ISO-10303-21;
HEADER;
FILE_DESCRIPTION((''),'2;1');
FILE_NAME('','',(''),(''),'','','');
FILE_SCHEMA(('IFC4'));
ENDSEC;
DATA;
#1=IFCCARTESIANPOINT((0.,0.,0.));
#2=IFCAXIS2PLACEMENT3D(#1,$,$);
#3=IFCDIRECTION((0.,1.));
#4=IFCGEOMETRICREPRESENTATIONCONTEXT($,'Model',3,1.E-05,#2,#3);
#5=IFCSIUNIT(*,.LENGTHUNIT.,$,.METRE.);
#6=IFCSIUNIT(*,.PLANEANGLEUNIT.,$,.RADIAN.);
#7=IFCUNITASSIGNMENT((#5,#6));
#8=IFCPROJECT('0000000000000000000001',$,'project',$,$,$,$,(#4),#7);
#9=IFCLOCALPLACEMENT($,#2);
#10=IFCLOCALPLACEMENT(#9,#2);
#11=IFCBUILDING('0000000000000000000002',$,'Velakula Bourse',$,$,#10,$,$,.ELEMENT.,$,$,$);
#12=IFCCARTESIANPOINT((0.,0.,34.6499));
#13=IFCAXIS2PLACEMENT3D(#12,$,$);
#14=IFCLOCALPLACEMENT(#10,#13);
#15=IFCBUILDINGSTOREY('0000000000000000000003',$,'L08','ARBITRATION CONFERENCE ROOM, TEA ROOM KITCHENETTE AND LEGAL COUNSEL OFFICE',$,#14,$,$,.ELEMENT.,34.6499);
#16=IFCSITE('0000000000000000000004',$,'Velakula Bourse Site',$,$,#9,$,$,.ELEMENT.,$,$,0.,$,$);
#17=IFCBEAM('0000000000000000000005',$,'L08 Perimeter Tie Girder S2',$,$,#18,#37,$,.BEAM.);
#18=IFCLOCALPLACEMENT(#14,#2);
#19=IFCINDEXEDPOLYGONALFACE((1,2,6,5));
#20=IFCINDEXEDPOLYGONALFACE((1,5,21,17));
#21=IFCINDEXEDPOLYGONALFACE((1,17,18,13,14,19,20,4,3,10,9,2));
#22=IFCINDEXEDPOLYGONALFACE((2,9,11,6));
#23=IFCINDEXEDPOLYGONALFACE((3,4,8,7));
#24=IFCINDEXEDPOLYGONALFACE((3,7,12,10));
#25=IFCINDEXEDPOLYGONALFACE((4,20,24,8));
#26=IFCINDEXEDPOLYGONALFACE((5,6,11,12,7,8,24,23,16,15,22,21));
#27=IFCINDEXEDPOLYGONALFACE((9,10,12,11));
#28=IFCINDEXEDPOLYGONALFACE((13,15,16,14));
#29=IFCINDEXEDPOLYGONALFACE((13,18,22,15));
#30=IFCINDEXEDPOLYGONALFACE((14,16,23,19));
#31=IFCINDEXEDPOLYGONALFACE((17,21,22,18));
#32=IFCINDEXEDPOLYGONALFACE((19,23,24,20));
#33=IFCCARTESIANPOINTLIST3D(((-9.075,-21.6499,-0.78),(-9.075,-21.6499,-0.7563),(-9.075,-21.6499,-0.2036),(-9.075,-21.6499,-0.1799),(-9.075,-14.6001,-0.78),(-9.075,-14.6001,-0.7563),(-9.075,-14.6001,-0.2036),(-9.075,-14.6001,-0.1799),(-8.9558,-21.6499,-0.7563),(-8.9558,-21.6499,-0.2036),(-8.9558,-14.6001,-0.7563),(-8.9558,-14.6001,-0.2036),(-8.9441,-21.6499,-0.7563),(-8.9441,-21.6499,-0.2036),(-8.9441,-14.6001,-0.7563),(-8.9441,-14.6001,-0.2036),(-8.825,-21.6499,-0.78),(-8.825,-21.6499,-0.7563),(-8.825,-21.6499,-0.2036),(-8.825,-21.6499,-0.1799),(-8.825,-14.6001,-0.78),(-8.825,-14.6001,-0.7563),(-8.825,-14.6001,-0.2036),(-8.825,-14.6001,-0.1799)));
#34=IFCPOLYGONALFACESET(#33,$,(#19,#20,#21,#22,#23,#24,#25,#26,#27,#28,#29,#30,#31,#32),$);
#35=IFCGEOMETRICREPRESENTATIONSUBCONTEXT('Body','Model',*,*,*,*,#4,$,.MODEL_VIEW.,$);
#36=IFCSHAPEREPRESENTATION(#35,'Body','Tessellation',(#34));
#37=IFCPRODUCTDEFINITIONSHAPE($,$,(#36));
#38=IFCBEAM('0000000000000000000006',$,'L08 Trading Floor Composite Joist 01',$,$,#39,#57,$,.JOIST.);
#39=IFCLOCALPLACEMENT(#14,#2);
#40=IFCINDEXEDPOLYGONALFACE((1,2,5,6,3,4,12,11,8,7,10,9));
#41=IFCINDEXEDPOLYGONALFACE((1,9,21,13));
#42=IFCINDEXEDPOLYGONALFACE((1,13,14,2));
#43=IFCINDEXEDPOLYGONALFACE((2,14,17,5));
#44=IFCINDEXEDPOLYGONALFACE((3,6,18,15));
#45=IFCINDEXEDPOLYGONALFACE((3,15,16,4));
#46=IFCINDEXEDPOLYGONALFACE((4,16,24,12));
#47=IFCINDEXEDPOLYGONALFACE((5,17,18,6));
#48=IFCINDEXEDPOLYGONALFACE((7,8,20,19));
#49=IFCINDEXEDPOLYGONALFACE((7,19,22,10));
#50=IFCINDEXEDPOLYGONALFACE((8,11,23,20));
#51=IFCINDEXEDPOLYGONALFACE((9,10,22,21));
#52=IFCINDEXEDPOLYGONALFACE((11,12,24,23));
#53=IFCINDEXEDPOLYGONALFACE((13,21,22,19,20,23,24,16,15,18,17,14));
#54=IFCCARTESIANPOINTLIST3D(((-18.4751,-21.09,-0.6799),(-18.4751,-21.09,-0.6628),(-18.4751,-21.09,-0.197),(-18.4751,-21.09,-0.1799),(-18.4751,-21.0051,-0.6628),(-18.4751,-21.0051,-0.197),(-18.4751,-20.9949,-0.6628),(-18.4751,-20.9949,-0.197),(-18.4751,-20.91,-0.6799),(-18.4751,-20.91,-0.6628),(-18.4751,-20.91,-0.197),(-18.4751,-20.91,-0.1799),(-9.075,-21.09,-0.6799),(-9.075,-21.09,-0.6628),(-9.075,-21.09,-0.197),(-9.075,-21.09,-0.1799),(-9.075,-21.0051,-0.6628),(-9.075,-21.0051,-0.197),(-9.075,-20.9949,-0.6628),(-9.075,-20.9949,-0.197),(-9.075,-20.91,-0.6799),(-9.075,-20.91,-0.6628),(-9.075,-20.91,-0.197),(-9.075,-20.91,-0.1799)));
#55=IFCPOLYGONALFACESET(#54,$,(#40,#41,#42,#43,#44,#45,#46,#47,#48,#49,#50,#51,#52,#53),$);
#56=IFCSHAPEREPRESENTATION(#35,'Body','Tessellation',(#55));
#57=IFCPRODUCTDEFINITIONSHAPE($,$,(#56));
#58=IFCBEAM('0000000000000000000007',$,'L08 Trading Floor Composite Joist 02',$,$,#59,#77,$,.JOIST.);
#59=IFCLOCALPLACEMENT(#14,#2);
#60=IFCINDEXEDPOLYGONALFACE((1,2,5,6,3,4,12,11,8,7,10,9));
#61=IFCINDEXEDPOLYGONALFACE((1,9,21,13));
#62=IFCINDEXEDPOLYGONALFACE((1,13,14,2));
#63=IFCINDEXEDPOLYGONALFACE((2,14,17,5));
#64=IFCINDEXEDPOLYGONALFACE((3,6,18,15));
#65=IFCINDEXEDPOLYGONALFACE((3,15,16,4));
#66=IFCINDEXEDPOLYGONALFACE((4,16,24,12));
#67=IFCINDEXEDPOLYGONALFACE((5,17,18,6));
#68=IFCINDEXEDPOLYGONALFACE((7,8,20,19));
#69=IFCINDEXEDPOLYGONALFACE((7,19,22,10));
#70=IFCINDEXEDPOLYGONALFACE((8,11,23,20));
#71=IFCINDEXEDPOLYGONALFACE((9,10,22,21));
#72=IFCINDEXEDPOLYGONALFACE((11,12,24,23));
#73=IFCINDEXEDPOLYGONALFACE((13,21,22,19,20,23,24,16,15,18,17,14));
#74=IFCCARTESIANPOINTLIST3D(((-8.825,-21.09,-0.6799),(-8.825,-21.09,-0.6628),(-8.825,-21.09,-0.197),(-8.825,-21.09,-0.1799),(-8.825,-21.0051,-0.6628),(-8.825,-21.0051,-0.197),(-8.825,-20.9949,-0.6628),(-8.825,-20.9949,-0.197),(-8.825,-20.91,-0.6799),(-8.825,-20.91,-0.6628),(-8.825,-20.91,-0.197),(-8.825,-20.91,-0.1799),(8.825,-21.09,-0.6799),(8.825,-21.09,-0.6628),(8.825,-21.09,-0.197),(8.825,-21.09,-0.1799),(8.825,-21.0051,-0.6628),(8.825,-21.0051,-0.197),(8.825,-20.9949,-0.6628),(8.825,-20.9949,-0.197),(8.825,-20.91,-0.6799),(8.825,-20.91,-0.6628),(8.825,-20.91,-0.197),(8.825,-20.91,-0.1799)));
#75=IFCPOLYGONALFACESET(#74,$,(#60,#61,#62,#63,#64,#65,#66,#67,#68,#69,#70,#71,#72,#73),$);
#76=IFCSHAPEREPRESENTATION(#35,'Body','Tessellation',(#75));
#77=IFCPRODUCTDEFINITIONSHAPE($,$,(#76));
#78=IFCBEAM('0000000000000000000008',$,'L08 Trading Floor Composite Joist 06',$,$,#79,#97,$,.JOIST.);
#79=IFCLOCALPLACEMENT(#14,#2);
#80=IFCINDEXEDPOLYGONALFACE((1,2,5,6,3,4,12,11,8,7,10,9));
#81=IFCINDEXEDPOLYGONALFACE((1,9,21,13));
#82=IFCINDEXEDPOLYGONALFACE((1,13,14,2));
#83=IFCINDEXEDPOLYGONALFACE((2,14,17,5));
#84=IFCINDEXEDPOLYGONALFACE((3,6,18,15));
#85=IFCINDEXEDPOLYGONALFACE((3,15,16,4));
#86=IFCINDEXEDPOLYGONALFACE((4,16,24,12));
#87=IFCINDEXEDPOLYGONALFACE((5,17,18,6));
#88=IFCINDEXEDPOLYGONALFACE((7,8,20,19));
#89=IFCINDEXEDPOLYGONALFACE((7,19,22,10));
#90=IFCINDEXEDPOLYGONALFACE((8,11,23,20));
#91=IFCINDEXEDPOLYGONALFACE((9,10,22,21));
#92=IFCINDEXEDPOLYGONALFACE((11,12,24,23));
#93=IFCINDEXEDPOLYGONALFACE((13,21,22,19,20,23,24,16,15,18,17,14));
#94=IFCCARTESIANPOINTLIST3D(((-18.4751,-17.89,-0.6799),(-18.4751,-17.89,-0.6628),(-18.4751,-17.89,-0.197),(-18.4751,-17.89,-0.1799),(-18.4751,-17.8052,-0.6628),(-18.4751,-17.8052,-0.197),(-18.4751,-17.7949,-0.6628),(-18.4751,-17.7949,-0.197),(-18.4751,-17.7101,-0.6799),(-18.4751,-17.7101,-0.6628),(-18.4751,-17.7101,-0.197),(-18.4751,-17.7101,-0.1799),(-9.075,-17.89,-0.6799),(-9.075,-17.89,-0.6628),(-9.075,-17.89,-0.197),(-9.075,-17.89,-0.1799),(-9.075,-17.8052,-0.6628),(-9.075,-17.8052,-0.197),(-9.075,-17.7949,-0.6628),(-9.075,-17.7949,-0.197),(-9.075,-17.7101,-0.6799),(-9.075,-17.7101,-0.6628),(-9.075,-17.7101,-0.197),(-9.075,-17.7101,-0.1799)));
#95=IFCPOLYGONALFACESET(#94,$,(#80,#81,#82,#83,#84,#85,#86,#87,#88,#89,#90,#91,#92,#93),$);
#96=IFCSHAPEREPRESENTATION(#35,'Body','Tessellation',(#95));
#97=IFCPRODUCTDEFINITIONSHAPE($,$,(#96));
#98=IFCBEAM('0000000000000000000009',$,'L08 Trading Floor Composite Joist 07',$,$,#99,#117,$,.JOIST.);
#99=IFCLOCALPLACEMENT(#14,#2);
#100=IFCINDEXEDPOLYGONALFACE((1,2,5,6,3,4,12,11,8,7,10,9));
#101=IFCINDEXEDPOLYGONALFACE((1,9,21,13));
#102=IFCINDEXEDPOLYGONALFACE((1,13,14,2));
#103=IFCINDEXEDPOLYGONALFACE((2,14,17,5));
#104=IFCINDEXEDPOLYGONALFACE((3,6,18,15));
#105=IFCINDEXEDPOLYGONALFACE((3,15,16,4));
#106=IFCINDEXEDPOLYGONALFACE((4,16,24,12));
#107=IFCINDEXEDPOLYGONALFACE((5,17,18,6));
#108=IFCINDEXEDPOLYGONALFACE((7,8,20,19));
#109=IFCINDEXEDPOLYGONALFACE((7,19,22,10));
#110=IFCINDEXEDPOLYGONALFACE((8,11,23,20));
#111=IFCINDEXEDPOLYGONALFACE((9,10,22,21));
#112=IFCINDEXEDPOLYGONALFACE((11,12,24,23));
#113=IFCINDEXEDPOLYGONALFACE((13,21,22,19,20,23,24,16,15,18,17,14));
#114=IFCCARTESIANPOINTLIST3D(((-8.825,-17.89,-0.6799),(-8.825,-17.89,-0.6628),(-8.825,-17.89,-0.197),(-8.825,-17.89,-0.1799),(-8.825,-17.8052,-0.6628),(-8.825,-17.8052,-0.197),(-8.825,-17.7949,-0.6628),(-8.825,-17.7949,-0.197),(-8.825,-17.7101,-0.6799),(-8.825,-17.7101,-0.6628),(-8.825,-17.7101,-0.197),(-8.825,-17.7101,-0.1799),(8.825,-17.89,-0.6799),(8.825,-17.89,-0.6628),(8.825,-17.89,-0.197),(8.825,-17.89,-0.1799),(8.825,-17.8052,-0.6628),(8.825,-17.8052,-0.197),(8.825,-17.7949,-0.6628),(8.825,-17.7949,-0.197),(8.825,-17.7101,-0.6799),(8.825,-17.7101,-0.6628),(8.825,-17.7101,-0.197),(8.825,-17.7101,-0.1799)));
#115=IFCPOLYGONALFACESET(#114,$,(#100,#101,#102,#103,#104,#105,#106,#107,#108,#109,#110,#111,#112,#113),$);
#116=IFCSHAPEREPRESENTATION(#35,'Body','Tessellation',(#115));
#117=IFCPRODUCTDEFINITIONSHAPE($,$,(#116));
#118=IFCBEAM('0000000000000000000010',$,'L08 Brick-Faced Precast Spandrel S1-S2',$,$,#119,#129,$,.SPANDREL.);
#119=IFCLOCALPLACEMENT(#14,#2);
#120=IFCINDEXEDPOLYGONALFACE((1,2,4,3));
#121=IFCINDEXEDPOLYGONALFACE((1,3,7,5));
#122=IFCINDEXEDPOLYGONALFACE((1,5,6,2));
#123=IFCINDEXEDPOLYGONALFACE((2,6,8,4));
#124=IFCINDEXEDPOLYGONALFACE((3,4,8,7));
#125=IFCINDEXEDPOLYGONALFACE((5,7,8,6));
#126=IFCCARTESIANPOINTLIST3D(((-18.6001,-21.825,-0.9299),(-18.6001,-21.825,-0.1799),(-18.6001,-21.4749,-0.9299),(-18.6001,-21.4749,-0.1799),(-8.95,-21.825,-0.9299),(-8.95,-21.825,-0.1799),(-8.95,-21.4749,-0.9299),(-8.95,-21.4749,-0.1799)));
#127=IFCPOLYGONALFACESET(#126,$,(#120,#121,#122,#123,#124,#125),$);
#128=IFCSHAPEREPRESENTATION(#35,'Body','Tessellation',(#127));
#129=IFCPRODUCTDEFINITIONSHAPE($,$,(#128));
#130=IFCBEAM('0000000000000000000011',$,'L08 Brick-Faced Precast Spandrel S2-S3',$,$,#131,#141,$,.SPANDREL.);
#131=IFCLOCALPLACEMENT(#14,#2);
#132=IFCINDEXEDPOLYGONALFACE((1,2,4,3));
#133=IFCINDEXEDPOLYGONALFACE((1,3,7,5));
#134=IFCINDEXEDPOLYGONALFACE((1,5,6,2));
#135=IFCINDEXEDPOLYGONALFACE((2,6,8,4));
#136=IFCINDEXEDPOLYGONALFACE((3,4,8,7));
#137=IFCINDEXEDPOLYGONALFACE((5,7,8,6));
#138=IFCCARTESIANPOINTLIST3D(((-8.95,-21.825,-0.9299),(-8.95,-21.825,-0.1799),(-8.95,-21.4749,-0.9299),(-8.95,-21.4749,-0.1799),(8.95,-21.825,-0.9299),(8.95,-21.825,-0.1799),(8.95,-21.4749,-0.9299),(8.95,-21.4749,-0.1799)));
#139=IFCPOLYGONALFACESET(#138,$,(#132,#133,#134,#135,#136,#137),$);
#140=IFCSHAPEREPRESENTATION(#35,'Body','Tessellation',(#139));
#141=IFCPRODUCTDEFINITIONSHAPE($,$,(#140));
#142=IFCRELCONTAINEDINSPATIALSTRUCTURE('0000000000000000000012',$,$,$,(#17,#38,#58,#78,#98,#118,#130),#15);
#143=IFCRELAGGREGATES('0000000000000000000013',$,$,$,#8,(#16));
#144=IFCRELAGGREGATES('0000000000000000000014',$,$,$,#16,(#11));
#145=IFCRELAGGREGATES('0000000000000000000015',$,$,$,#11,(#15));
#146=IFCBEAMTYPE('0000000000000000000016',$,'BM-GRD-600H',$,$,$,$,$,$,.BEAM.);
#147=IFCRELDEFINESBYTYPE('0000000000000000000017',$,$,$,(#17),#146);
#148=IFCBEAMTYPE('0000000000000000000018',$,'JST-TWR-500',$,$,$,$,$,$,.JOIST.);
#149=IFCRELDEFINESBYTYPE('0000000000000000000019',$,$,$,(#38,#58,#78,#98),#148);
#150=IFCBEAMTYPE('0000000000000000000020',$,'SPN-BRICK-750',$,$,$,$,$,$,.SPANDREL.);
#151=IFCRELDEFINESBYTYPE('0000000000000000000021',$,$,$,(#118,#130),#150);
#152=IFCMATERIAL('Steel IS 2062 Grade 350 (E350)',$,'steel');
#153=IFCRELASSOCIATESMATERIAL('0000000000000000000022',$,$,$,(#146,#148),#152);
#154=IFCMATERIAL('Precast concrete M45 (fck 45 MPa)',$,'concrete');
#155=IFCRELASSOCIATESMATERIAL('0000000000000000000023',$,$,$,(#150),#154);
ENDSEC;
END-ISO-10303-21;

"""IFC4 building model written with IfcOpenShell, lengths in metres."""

from ifc_helpers import new_model, si_unit, direction, frame, origin, origin_2d, place, context, subcontext, project, spatial, rectangle, i_section, extrude, material, material_profile, profile_set, type_object, element, save


model = new_model("IFC4")

# Units and contexts
model_context = context("Model", 3, precision=1e-05, world=origin(), true_north=direction((0.0, 1.0)))
body_context = subcontext(model_context, "Body", "Model", "MODEL_VIEW")
ifc_project = project(units=[si_unit("LENGTHUNIT", "METRE"), si_unit("PLANEANGLEUNIT", "RADIAN")], contexts=[model_context])

# Site, building, storey
site_placement = place(None, origin())
site = spatial("IfcSite", under=ifc_project, at=site_placement, Name="Velakula Bourse Site", CompositionType="ELEMENT", RefElevation=0.0)
building_placement = place(site_placement, origin())
building = spatial("IfcBuilding", under=site, at=building_placement, Name="Velakula Bourse", CompositionType="ELEMENT")
storey_placement = place(building_placement, frame((0.0, 0.0, 34.6499)))
storey = spatial("IfcBuildingStorey", under=building, at=storey_placement, Name="L08", Description="ARBITRATION CONFERENCE ROOM, TEA ROOM KITCHENETTE AND LEGAL COUNSEL OFFICE", CompositionType="ELEMENT", Elevation=34.6499)

# Beams
ifc_material_1 = material(Name="Steel IS 2062 Grade 350 (E350)", Category="steel")
ifc_material_profile_1 = material_profile(ifc_material_1, i_section(OverallWidth=0.25, OverallDepth=0.6001, WebThickness=0.0117, FlangeThickness=0.0237, at=origin_2d()), Name="Steel IS 2062 Grade 350 (E350)")
ifc_profile_set_1 = profile_set([ifc_material_profile_1], Name="Steel IS 2062 Grade 350 (E350)")
beam_type_1 = type_object("IfcBeamType", Name="BM-GRD-600H", PredefinedType="BEAM", material=ifc_profile_set_1)
for number, where, z_axis, x_axis, name in (
    (1, (-8.95, -14.6001, -0.48), (0.0, -1.0, 0.0), (1.0, 0.0, 0.0), "L08 Perimeter Tie Girder S2"),
):
    element("IfcBeam", number, at=place(storey_placement, frame(where, z_axis=z_axis, x_axis=x_axis)), inside=storey, type_object=beam_type_1, Name=name, PredefinedType="BEAM", context=body_context, shape_type="SweptSolid", body=[
        extrude(i_section(OverallWidth=0.25, OverallDepth=0.6001, WebThickness=0.0117, FlangeThickness=0.0237, at=origin_2d()), origin(), (0.0, 0.0, 1.0), 7.0498),
    ])
ifc_material_profile_2 = material_profile(ifc_material_1, i_section(OverallWidth=0.1799, OverallDepth=0.5, WebThickness=0.0103, FlangeThickness=0.0171, at=origin_2d()), Name="Steel IS 2062 Grade 350 (E350)")
ifc_profile_set_2 = profile_set([ifc_material_profile_2], Name="Steel IS 2062 Grade 350 (E350)")
beam_type_2 = type_object("IfcBeamType", Name="JST-TWR-500", PredefinedType="JOIST", material=ifc_profile_set_2)
beam_1_placement = place(storey_placement, frame((-18.4751, -21.0, -0.4299), z_axis=(1.0, 0.0, 0.0), x_axis=(0.0, 1.0, 0.0)))
element("IfcBeam", 2, at=beam_1_placement, inside=storey, type_object=beam_type_2, Name="L08 Trading Floor Composite Joist 01", PredefinedType="JOIST", context=body_context, shape_type="SweptSolid", body=[
    extrude(i_section(OverallWidth=0.1799, OverallDepth=0.5, WebThickness=0.0103, FlangeThickness=0.0171, at=origin_2d()), origin(), (0.0, 0.0, 1.0), 9.4001),
])
beam_2_placement = place(storey_placement, frame((-8.825, -21.0, -0.4299), z_axis=(1.0, 0.0, 0.0), x_axis=(0.0, 1.0, 0.0)))
element("IfcBeam", 3, at=beam_2_placement, inside=storey, type_object=beam_type_2, Name="L08 Trading Floor Composite Joist 02", PredefinedType="JOIST", context=body_context, shape_type="SweptSolid", body=[
    extrude(i_section(OverallWidth=0.1799, OverallDepth=0.5, WebThickness=0.0103, FlangeThickness=0.0171, at=origin_2d()), origin(), (0.0, 0.0, 1.0), 17.6499),
])
beam_3_placement = place(storey_placement, frame((-18.4751, -17.8, -0.4299), z_axis=(1.0, 0.0, 0.0), x_axis=(0.0, 1.0, 0.0)))
element("IfcBeam", 4, at=beam_3_placement, inside=storey, type_object=beam_type_2, Name="L08 Trading Floor Composite Joist 06", PredefinedType="JOIST", context=body_context, shape_type="SweptSolid", body=[
    extrude(i_section(OverallWidth=0.1799, OverallDepth=0.5, WebThickness=0.0103, FlangeThickness=0.0171, at=origin_2d()), origin(), (0.0, 0.0, 1.0), 9.4001),
])
beam_4_placement = place(storey_placement, frame((-8.825, -17.8, -0.4299), z_axis=(1.0, 0.0, 0.0), x_axis=(0.0, 1.0, 0.0)))
element("IfcBeam", 5, at=beam_4_placement, inside=storey, type_object=beam_type_2, Name="L08 Trading Floor Composite Joist 07", PredefinedType="JOIST", context=body_context, shape_type="SweptSolid", body=[
    extrude(i_section(OverallWidth=0.1799, OverallDepth=0.5, WebThickness=0.0103, FlangeThickness=0.0171, at=origin_2d()), origin(), (0.0, 0.0, 1.0), 17.6499),
])
ifc_material_2 = material(Name="Precast concrete M45 (fck 45 MPa)", Category="concrete")
ifc_material_profile_3 = material_profile(ifc_material_2, rectangle(XDim=0.3501, YDim=0.75, at=origin_2d()), Name="Precast concrete M45 (fck 45 MPa)")
ifc_profile_set_3 = profile_set([ifc_material_profile_3], Name="Precast concrete M45 (fck 45 MPa)")
beam_type_3 = type_object("IfcBeamType", Name="SPN-BRICK-750", PredefinedType="SPANDREL", material=ifc_profile_set_3)
beam_5_placement = place(storey_placement, frame((-18.6001, -21.6499, -0.5549), z_axis=(1.0, 0.0, 0.0), x_axis=(0.0, 1.0, 0.0)))
element("IfcBeam", 6, at=beam_5_placement, inside=storey, type_object=beam_type_3, Name="L08 Brick-Faced Precast Spandrel S1-S2", PredefinedType="SPANDREL", context=body_context, shape_type="SweptSolid", body=[
    extrude(rectangle(XDim=0.3501, YDim=0.75, at=origin_2d()), origin(), (0.0, 0.0, 1.0), 9.6501),
])
beam_6_placement = place(storey_placement, frame((-8.95, -21.6499, -0.5549), z_axis=(1.0, 0.0, 0.0), x_axis=(0.0, 1.0, 0.0)))
element("IfcBeam", 7, at=beam_6_placement, inside=storey, type_object=beam_type_3, Name="L08 Brick-Faced Precast Spandrel S2-S3", PredefinedType="SPANDREL", context=body_context, shape_type="SweptSolid", body=[
    extrude(rectangle(XDim=0.3501, YDim=0.75, at=origin_2d()), origin(), (0.0, 0.0, 1.0), 17.8999),
])

save(model, "model.ifc")
